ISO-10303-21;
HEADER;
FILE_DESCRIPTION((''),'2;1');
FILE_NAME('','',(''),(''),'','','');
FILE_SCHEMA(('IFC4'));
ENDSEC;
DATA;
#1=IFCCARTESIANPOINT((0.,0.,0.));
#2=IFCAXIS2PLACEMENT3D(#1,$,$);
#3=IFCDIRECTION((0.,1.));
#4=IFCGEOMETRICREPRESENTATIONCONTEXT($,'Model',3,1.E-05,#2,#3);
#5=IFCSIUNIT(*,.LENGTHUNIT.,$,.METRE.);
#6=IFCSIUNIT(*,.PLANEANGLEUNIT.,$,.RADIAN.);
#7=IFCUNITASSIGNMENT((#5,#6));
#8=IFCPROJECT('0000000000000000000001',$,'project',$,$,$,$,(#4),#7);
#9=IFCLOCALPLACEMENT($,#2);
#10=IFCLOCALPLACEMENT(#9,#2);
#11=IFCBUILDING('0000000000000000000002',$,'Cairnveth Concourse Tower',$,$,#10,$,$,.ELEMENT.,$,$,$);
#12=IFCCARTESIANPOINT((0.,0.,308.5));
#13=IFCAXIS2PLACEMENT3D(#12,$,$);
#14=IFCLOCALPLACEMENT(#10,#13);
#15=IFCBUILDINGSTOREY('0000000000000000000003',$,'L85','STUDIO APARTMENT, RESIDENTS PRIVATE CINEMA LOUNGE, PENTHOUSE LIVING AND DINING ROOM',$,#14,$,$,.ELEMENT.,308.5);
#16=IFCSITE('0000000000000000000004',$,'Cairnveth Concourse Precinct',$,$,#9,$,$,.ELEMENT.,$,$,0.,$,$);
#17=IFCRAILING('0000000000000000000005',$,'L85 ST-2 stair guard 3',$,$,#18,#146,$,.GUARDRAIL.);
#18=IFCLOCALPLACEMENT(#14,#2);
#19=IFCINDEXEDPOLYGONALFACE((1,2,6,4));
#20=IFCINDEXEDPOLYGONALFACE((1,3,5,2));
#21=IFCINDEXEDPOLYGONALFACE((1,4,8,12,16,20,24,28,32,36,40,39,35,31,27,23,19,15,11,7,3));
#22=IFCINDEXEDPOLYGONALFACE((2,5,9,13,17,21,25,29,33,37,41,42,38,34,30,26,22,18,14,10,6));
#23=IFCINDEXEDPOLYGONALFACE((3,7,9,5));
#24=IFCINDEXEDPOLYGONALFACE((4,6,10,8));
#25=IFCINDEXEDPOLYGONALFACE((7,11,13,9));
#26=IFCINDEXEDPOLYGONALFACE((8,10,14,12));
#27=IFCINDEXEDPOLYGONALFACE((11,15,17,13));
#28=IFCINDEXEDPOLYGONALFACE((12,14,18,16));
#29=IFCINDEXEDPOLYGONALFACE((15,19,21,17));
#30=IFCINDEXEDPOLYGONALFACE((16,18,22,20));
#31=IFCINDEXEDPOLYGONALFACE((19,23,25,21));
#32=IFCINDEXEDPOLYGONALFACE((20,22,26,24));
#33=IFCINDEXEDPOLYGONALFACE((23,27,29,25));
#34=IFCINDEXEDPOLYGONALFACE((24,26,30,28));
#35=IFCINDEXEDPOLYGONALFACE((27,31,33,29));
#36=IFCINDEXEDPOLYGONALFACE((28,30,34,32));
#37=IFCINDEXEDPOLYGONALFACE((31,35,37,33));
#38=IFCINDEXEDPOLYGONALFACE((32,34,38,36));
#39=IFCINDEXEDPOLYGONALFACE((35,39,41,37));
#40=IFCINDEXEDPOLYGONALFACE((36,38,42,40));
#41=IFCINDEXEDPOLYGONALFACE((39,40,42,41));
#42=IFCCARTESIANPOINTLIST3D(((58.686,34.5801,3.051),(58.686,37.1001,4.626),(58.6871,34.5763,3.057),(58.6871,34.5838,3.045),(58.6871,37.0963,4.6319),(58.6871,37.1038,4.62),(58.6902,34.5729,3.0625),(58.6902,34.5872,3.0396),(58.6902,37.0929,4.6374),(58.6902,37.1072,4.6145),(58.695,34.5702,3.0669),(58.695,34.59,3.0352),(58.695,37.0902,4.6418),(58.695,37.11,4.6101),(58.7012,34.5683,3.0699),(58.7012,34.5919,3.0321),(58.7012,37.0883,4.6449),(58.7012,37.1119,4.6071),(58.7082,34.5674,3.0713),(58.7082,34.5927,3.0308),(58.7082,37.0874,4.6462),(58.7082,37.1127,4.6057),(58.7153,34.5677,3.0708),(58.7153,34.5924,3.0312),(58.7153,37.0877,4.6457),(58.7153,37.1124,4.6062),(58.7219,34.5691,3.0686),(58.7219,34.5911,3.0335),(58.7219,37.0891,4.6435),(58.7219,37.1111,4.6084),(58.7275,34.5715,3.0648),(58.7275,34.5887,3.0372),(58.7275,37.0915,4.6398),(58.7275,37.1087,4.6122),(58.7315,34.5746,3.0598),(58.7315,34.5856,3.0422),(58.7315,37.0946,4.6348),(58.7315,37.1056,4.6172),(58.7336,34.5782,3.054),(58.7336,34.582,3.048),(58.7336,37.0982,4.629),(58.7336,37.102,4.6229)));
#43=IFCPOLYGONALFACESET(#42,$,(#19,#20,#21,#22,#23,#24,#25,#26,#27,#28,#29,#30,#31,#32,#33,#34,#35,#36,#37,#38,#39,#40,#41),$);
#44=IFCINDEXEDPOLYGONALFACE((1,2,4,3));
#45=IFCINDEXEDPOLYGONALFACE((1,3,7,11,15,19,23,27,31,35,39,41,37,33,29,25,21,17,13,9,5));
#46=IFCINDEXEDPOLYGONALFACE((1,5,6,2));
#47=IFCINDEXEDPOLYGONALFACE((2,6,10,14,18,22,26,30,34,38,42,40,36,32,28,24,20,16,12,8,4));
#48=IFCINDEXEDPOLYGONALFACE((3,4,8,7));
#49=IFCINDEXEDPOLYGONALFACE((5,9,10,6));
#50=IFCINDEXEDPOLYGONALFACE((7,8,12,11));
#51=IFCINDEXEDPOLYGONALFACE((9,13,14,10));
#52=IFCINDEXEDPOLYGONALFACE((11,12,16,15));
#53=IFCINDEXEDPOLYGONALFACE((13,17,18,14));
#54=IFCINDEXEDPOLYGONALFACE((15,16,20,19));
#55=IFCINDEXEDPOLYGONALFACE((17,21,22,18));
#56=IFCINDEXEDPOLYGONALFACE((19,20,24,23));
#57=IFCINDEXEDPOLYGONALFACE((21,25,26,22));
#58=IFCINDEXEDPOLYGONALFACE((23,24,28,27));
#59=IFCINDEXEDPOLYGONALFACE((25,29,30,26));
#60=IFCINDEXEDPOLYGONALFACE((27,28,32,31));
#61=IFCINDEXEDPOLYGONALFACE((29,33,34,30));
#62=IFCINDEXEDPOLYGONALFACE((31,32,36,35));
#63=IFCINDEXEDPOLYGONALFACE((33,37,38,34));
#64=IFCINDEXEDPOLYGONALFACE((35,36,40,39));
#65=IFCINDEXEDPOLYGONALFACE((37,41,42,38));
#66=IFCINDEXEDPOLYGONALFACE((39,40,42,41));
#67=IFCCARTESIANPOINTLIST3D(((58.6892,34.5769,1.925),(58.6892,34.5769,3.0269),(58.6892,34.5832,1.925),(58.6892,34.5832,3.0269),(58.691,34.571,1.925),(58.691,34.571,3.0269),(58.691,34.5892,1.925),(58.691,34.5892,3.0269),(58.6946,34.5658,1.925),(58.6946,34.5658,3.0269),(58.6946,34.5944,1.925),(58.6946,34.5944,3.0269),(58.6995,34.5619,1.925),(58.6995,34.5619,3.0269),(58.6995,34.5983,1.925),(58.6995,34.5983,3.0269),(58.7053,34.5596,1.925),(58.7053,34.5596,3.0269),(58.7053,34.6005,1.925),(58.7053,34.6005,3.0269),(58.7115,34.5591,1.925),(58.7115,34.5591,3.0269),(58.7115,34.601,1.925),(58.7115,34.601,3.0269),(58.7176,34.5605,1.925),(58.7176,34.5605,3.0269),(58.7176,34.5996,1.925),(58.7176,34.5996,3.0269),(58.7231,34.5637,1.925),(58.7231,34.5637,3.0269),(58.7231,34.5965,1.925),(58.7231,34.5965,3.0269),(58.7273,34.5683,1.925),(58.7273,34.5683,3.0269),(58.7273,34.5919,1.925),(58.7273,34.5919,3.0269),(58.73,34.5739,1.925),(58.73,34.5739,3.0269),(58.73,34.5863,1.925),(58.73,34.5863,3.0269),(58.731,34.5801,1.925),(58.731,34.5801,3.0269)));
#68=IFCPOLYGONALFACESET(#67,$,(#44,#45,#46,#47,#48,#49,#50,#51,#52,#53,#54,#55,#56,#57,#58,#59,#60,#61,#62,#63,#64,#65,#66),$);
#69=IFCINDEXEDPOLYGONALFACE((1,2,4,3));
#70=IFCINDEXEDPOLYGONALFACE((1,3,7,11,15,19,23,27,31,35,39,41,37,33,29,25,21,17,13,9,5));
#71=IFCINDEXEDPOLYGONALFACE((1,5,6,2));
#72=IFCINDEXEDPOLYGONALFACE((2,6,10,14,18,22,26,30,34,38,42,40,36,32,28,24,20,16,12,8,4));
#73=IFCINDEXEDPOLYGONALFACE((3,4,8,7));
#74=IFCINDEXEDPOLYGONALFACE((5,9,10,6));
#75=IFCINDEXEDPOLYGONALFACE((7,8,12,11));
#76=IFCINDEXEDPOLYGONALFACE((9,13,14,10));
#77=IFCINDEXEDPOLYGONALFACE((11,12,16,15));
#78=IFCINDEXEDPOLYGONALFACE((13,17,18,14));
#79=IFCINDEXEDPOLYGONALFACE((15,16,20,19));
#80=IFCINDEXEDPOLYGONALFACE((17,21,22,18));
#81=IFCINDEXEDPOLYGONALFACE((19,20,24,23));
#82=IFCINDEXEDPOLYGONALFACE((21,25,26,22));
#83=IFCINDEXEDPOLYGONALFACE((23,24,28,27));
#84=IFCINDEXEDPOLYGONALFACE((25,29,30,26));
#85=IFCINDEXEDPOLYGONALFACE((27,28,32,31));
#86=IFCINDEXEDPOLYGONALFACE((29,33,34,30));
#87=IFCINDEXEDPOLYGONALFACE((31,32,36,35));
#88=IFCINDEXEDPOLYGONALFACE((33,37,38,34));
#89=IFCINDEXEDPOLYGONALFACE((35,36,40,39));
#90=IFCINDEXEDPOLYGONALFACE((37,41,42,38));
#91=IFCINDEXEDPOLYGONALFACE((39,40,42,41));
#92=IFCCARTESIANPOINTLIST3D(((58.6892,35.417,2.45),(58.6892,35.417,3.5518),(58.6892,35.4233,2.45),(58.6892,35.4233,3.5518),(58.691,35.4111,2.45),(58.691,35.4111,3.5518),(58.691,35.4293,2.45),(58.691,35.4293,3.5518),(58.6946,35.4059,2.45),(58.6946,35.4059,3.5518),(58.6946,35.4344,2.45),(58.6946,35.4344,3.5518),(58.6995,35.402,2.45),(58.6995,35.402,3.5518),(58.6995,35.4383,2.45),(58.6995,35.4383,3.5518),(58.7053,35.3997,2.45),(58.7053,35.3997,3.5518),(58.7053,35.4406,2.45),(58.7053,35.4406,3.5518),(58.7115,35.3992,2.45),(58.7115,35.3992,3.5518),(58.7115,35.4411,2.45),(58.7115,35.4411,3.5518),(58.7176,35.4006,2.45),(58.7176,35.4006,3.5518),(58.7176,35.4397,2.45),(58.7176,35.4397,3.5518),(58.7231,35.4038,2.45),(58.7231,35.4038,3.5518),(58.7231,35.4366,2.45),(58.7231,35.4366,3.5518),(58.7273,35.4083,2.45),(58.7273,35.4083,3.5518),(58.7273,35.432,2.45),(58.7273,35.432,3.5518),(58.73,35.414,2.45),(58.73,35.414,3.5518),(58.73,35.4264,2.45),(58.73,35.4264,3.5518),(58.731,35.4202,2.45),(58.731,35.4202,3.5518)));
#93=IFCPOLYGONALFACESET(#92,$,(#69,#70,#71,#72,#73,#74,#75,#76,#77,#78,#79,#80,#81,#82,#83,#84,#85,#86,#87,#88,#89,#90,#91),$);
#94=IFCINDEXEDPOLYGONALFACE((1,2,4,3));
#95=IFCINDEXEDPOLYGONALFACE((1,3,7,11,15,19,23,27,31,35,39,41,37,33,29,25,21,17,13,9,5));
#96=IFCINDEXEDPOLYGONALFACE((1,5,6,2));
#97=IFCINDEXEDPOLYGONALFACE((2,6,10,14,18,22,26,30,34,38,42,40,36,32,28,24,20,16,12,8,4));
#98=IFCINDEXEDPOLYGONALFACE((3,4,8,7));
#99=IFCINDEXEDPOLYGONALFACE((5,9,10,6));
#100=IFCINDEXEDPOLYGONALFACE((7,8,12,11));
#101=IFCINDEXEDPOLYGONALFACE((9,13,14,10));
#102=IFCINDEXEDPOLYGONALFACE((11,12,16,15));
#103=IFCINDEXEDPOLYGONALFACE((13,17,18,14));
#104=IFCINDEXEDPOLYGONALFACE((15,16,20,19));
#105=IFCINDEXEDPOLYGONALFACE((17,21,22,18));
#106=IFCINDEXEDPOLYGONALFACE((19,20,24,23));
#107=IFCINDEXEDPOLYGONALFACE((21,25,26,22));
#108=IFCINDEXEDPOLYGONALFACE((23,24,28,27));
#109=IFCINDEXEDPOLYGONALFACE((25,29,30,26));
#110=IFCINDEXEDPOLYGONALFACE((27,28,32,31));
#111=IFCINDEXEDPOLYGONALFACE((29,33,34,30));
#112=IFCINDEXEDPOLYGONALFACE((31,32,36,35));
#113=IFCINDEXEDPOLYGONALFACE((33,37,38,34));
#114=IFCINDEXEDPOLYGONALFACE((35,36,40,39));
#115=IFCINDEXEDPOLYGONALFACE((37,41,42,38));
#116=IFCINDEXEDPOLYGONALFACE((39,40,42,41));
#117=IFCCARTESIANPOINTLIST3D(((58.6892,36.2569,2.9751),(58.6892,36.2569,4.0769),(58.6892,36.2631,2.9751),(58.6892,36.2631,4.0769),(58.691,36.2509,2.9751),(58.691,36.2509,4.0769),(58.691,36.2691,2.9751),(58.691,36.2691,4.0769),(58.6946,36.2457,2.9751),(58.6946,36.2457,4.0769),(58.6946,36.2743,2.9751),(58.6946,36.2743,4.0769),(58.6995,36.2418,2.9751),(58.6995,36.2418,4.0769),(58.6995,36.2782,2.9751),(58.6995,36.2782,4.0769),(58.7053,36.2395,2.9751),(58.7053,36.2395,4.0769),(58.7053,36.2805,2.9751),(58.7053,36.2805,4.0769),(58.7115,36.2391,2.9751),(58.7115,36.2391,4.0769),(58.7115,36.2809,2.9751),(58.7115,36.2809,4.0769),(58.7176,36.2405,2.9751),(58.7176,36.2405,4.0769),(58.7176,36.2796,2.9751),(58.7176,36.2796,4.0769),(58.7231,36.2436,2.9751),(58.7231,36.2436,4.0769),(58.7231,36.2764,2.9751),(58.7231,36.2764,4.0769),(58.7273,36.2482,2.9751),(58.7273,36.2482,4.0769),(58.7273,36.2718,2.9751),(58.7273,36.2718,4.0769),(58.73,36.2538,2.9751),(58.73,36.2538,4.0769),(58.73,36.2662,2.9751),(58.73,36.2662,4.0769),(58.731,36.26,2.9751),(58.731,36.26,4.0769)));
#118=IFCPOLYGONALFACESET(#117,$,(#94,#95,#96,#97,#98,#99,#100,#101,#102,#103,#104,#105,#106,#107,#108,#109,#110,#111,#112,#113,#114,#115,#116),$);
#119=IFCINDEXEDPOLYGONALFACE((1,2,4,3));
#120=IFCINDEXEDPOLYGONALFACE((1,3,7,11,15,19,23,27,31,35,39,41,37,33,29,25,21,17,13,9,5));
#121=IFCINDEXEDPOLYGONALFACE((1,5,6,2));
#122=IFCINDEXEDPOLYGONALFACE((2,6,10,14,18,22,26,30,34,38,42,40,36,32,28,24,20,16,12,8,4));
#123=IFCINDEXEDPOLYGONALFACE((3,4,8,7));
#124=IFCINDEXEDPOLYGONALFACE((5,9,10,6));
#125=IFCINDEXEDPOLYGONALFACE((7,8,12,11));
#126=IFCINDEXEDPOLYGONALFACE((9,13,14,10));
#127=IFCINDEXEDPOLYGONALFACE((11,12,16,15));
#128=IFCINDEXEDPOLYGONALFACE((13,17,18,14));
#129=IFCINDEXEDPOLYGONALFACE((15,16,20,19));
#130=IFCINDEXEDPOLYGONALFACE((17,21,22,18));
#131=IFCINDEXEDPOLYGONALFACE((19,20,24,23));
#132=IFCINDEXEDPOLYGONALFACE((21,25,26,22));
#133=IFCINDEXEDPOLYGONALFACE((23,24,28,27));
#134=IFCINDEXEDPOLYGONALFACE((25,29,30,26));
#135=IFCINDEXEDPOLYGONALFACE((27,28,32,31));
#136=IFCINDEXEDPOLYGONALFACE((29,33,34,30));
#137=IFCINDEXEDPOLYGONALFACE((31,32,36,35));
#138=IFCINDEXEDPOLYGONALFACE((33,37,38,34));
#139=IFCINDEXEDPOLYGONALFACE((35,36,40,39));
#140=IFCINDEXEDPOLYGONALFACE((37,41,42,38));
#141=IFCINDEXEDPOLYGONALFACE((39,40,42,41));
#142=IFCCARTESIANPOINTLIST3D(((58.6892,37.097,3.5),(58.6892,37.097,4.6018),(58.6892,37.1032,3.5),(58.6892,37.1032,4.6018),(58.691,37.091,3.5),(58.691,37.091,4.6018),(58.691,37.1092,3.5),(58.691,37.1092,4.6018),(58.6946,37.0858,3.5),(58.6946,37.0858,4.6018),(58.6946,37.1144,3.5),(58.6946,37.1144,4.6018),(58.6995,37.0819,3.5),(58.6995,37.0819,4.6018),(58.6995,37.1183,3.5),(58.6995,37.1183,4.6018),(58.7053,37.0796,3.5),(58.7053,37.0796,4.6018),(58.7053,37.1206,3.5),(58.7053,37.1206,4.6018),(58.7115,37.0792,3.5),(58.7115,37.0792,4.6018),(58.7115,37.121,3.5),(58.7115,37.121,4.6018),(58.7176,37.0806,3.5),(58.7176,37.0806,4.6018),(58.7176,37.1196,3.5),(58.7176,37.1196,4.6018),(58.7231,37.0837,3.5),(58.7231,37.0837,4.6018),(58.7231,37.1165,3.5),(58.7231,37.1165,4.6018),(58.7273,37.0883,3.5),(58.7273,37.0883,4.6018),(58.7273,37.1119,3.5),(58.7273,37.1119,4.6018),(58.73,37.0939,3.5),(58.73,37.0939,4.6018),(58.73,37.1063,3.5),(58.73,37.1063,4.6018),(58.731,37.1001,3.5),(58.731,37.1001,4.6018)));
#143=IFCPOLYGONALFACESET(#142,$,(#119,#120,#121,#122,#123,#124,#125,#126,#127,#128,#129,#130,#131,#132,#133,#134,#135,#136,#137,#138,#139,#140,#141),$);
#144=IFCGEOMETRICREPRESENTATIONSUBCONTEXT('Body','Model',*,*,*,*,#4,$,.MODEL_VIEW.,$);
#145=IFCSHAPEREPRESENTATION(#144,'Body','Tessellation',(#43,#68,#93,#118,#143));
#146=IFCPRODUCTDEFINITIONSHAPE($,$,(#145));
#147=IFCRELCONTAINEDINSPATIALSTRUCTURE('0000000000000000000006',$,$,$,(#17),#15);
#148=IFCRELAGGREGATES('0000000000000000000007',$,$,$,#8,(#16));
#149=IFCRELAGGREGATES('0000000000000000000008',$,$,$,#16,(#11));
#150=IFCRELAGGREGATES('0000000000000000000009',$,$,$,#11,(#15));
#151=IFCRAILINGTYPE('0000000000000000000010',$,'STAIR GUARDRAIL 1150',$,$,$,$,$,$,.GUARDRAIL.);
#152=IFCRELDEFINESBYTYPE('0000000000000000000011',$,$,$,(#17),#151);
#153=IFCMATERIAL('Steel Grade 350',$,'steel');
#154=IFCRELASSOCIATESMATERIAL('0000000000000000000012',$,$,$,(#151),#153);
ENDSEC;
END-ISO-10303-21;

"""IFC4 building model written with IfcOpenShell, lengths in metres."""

from ifc_helpers import new_model, si_unit, direction, frame, origin, origin_2d, place, context, subcontext, project, spatial, circle, extrude, material, type_object, element, save


model = new_model("IFC4")

# Units and contexts
model_context = context("Model", 3, precision=1e-05, world=origin(), true_north=direction((0.0, 1.0)))
body_context = subcontext(model_context, "Body", "Model", "MODEL_VIEW")
ifc_project = project(units=[si_unit("LENGTHUNIT", "METRE"), si_unit("PLANEANGLEUNIT", "RADIAN")], contexts=[model_context])

# Site, building, storey
site_placement = place(None, origin())
site = spatial("IfcSite", under=ifc_project, at=site_placement, Name="Cairnveth Concourse Precinct", CompositionType="ELEMENT", RefElevation=0.0)
building_placement = place(site_placement, origin())
building = spatial("IfcBuilding", under=site, at=building_placement, Name="Cairnveth Concourse Tower", CompositionType="ELEMENT")
storey_placement = place(building_placement, frame((0.0, 0.0, 308.5)))
storey = spatial("IfcBuildingStorey", under=building, at=storey_placement, Name="L85", Description="STUDIO APARTMENT, RESIDENTS PRIVATE CINEMA LOUNGE, PENTHOUSE LIVING AND DINING ROOM", CompositionType="ELEMENT", Elevation=308.5)

# Shared definitions
ifc_material_1 = material(Name="Steel Grade 350", Category="steel")

# Railing
railing_type_1 = type_object("IfcRailingType", Name="STAIR GUARDRAIL 1150", PredefinedType="GUARDRAIL", material=ifc_material_1)
railing_1_placement = place(storey_placement, frame((58.71, 34.5801, 1.925)))
element("IfcRailing", 1, at=railing_1_placement, inside=storey, type_object=railing_type_1, Name="L85 ST-2 stair guard 3", PredefinedType="GUARDRAIL", context=body_context, shape_type="SweptSolid", body=[
    extrude(circle(Radius=0.0239, at=origin_2d()), frame((0.0, 0.0, 1.126), z_axis=(0.0, 0.848008, 0.529984), x_axis=(-1.0, 0.0, 0.0)), (0.0, 0.0, 1.0), 2.9717),
    extrude(circle(Radius=0.021, at=origin_2d()), origin(), (0.0, 0.0, 1.0), 1.1018),
    extrude(circle(Radius=0.021, at=origin_2d()), frame((0.0, 0.8401, 0.5249)), (0.0, 0.0, 1.0), 1.1018),
    extrude(circle(Radius=0.021, at=origin_2d()), frame((0.0, 1.6799, 1.05)), (0.0, 0.0, 1.0), 1.1018),
    extrude(circle(Radius=0.021, at=origin_2d()), frame((0.0, 2.52, 1.575)), (0.0, 0.0, 1.0), 1.1018),
])

save(model, "model.ifc")
